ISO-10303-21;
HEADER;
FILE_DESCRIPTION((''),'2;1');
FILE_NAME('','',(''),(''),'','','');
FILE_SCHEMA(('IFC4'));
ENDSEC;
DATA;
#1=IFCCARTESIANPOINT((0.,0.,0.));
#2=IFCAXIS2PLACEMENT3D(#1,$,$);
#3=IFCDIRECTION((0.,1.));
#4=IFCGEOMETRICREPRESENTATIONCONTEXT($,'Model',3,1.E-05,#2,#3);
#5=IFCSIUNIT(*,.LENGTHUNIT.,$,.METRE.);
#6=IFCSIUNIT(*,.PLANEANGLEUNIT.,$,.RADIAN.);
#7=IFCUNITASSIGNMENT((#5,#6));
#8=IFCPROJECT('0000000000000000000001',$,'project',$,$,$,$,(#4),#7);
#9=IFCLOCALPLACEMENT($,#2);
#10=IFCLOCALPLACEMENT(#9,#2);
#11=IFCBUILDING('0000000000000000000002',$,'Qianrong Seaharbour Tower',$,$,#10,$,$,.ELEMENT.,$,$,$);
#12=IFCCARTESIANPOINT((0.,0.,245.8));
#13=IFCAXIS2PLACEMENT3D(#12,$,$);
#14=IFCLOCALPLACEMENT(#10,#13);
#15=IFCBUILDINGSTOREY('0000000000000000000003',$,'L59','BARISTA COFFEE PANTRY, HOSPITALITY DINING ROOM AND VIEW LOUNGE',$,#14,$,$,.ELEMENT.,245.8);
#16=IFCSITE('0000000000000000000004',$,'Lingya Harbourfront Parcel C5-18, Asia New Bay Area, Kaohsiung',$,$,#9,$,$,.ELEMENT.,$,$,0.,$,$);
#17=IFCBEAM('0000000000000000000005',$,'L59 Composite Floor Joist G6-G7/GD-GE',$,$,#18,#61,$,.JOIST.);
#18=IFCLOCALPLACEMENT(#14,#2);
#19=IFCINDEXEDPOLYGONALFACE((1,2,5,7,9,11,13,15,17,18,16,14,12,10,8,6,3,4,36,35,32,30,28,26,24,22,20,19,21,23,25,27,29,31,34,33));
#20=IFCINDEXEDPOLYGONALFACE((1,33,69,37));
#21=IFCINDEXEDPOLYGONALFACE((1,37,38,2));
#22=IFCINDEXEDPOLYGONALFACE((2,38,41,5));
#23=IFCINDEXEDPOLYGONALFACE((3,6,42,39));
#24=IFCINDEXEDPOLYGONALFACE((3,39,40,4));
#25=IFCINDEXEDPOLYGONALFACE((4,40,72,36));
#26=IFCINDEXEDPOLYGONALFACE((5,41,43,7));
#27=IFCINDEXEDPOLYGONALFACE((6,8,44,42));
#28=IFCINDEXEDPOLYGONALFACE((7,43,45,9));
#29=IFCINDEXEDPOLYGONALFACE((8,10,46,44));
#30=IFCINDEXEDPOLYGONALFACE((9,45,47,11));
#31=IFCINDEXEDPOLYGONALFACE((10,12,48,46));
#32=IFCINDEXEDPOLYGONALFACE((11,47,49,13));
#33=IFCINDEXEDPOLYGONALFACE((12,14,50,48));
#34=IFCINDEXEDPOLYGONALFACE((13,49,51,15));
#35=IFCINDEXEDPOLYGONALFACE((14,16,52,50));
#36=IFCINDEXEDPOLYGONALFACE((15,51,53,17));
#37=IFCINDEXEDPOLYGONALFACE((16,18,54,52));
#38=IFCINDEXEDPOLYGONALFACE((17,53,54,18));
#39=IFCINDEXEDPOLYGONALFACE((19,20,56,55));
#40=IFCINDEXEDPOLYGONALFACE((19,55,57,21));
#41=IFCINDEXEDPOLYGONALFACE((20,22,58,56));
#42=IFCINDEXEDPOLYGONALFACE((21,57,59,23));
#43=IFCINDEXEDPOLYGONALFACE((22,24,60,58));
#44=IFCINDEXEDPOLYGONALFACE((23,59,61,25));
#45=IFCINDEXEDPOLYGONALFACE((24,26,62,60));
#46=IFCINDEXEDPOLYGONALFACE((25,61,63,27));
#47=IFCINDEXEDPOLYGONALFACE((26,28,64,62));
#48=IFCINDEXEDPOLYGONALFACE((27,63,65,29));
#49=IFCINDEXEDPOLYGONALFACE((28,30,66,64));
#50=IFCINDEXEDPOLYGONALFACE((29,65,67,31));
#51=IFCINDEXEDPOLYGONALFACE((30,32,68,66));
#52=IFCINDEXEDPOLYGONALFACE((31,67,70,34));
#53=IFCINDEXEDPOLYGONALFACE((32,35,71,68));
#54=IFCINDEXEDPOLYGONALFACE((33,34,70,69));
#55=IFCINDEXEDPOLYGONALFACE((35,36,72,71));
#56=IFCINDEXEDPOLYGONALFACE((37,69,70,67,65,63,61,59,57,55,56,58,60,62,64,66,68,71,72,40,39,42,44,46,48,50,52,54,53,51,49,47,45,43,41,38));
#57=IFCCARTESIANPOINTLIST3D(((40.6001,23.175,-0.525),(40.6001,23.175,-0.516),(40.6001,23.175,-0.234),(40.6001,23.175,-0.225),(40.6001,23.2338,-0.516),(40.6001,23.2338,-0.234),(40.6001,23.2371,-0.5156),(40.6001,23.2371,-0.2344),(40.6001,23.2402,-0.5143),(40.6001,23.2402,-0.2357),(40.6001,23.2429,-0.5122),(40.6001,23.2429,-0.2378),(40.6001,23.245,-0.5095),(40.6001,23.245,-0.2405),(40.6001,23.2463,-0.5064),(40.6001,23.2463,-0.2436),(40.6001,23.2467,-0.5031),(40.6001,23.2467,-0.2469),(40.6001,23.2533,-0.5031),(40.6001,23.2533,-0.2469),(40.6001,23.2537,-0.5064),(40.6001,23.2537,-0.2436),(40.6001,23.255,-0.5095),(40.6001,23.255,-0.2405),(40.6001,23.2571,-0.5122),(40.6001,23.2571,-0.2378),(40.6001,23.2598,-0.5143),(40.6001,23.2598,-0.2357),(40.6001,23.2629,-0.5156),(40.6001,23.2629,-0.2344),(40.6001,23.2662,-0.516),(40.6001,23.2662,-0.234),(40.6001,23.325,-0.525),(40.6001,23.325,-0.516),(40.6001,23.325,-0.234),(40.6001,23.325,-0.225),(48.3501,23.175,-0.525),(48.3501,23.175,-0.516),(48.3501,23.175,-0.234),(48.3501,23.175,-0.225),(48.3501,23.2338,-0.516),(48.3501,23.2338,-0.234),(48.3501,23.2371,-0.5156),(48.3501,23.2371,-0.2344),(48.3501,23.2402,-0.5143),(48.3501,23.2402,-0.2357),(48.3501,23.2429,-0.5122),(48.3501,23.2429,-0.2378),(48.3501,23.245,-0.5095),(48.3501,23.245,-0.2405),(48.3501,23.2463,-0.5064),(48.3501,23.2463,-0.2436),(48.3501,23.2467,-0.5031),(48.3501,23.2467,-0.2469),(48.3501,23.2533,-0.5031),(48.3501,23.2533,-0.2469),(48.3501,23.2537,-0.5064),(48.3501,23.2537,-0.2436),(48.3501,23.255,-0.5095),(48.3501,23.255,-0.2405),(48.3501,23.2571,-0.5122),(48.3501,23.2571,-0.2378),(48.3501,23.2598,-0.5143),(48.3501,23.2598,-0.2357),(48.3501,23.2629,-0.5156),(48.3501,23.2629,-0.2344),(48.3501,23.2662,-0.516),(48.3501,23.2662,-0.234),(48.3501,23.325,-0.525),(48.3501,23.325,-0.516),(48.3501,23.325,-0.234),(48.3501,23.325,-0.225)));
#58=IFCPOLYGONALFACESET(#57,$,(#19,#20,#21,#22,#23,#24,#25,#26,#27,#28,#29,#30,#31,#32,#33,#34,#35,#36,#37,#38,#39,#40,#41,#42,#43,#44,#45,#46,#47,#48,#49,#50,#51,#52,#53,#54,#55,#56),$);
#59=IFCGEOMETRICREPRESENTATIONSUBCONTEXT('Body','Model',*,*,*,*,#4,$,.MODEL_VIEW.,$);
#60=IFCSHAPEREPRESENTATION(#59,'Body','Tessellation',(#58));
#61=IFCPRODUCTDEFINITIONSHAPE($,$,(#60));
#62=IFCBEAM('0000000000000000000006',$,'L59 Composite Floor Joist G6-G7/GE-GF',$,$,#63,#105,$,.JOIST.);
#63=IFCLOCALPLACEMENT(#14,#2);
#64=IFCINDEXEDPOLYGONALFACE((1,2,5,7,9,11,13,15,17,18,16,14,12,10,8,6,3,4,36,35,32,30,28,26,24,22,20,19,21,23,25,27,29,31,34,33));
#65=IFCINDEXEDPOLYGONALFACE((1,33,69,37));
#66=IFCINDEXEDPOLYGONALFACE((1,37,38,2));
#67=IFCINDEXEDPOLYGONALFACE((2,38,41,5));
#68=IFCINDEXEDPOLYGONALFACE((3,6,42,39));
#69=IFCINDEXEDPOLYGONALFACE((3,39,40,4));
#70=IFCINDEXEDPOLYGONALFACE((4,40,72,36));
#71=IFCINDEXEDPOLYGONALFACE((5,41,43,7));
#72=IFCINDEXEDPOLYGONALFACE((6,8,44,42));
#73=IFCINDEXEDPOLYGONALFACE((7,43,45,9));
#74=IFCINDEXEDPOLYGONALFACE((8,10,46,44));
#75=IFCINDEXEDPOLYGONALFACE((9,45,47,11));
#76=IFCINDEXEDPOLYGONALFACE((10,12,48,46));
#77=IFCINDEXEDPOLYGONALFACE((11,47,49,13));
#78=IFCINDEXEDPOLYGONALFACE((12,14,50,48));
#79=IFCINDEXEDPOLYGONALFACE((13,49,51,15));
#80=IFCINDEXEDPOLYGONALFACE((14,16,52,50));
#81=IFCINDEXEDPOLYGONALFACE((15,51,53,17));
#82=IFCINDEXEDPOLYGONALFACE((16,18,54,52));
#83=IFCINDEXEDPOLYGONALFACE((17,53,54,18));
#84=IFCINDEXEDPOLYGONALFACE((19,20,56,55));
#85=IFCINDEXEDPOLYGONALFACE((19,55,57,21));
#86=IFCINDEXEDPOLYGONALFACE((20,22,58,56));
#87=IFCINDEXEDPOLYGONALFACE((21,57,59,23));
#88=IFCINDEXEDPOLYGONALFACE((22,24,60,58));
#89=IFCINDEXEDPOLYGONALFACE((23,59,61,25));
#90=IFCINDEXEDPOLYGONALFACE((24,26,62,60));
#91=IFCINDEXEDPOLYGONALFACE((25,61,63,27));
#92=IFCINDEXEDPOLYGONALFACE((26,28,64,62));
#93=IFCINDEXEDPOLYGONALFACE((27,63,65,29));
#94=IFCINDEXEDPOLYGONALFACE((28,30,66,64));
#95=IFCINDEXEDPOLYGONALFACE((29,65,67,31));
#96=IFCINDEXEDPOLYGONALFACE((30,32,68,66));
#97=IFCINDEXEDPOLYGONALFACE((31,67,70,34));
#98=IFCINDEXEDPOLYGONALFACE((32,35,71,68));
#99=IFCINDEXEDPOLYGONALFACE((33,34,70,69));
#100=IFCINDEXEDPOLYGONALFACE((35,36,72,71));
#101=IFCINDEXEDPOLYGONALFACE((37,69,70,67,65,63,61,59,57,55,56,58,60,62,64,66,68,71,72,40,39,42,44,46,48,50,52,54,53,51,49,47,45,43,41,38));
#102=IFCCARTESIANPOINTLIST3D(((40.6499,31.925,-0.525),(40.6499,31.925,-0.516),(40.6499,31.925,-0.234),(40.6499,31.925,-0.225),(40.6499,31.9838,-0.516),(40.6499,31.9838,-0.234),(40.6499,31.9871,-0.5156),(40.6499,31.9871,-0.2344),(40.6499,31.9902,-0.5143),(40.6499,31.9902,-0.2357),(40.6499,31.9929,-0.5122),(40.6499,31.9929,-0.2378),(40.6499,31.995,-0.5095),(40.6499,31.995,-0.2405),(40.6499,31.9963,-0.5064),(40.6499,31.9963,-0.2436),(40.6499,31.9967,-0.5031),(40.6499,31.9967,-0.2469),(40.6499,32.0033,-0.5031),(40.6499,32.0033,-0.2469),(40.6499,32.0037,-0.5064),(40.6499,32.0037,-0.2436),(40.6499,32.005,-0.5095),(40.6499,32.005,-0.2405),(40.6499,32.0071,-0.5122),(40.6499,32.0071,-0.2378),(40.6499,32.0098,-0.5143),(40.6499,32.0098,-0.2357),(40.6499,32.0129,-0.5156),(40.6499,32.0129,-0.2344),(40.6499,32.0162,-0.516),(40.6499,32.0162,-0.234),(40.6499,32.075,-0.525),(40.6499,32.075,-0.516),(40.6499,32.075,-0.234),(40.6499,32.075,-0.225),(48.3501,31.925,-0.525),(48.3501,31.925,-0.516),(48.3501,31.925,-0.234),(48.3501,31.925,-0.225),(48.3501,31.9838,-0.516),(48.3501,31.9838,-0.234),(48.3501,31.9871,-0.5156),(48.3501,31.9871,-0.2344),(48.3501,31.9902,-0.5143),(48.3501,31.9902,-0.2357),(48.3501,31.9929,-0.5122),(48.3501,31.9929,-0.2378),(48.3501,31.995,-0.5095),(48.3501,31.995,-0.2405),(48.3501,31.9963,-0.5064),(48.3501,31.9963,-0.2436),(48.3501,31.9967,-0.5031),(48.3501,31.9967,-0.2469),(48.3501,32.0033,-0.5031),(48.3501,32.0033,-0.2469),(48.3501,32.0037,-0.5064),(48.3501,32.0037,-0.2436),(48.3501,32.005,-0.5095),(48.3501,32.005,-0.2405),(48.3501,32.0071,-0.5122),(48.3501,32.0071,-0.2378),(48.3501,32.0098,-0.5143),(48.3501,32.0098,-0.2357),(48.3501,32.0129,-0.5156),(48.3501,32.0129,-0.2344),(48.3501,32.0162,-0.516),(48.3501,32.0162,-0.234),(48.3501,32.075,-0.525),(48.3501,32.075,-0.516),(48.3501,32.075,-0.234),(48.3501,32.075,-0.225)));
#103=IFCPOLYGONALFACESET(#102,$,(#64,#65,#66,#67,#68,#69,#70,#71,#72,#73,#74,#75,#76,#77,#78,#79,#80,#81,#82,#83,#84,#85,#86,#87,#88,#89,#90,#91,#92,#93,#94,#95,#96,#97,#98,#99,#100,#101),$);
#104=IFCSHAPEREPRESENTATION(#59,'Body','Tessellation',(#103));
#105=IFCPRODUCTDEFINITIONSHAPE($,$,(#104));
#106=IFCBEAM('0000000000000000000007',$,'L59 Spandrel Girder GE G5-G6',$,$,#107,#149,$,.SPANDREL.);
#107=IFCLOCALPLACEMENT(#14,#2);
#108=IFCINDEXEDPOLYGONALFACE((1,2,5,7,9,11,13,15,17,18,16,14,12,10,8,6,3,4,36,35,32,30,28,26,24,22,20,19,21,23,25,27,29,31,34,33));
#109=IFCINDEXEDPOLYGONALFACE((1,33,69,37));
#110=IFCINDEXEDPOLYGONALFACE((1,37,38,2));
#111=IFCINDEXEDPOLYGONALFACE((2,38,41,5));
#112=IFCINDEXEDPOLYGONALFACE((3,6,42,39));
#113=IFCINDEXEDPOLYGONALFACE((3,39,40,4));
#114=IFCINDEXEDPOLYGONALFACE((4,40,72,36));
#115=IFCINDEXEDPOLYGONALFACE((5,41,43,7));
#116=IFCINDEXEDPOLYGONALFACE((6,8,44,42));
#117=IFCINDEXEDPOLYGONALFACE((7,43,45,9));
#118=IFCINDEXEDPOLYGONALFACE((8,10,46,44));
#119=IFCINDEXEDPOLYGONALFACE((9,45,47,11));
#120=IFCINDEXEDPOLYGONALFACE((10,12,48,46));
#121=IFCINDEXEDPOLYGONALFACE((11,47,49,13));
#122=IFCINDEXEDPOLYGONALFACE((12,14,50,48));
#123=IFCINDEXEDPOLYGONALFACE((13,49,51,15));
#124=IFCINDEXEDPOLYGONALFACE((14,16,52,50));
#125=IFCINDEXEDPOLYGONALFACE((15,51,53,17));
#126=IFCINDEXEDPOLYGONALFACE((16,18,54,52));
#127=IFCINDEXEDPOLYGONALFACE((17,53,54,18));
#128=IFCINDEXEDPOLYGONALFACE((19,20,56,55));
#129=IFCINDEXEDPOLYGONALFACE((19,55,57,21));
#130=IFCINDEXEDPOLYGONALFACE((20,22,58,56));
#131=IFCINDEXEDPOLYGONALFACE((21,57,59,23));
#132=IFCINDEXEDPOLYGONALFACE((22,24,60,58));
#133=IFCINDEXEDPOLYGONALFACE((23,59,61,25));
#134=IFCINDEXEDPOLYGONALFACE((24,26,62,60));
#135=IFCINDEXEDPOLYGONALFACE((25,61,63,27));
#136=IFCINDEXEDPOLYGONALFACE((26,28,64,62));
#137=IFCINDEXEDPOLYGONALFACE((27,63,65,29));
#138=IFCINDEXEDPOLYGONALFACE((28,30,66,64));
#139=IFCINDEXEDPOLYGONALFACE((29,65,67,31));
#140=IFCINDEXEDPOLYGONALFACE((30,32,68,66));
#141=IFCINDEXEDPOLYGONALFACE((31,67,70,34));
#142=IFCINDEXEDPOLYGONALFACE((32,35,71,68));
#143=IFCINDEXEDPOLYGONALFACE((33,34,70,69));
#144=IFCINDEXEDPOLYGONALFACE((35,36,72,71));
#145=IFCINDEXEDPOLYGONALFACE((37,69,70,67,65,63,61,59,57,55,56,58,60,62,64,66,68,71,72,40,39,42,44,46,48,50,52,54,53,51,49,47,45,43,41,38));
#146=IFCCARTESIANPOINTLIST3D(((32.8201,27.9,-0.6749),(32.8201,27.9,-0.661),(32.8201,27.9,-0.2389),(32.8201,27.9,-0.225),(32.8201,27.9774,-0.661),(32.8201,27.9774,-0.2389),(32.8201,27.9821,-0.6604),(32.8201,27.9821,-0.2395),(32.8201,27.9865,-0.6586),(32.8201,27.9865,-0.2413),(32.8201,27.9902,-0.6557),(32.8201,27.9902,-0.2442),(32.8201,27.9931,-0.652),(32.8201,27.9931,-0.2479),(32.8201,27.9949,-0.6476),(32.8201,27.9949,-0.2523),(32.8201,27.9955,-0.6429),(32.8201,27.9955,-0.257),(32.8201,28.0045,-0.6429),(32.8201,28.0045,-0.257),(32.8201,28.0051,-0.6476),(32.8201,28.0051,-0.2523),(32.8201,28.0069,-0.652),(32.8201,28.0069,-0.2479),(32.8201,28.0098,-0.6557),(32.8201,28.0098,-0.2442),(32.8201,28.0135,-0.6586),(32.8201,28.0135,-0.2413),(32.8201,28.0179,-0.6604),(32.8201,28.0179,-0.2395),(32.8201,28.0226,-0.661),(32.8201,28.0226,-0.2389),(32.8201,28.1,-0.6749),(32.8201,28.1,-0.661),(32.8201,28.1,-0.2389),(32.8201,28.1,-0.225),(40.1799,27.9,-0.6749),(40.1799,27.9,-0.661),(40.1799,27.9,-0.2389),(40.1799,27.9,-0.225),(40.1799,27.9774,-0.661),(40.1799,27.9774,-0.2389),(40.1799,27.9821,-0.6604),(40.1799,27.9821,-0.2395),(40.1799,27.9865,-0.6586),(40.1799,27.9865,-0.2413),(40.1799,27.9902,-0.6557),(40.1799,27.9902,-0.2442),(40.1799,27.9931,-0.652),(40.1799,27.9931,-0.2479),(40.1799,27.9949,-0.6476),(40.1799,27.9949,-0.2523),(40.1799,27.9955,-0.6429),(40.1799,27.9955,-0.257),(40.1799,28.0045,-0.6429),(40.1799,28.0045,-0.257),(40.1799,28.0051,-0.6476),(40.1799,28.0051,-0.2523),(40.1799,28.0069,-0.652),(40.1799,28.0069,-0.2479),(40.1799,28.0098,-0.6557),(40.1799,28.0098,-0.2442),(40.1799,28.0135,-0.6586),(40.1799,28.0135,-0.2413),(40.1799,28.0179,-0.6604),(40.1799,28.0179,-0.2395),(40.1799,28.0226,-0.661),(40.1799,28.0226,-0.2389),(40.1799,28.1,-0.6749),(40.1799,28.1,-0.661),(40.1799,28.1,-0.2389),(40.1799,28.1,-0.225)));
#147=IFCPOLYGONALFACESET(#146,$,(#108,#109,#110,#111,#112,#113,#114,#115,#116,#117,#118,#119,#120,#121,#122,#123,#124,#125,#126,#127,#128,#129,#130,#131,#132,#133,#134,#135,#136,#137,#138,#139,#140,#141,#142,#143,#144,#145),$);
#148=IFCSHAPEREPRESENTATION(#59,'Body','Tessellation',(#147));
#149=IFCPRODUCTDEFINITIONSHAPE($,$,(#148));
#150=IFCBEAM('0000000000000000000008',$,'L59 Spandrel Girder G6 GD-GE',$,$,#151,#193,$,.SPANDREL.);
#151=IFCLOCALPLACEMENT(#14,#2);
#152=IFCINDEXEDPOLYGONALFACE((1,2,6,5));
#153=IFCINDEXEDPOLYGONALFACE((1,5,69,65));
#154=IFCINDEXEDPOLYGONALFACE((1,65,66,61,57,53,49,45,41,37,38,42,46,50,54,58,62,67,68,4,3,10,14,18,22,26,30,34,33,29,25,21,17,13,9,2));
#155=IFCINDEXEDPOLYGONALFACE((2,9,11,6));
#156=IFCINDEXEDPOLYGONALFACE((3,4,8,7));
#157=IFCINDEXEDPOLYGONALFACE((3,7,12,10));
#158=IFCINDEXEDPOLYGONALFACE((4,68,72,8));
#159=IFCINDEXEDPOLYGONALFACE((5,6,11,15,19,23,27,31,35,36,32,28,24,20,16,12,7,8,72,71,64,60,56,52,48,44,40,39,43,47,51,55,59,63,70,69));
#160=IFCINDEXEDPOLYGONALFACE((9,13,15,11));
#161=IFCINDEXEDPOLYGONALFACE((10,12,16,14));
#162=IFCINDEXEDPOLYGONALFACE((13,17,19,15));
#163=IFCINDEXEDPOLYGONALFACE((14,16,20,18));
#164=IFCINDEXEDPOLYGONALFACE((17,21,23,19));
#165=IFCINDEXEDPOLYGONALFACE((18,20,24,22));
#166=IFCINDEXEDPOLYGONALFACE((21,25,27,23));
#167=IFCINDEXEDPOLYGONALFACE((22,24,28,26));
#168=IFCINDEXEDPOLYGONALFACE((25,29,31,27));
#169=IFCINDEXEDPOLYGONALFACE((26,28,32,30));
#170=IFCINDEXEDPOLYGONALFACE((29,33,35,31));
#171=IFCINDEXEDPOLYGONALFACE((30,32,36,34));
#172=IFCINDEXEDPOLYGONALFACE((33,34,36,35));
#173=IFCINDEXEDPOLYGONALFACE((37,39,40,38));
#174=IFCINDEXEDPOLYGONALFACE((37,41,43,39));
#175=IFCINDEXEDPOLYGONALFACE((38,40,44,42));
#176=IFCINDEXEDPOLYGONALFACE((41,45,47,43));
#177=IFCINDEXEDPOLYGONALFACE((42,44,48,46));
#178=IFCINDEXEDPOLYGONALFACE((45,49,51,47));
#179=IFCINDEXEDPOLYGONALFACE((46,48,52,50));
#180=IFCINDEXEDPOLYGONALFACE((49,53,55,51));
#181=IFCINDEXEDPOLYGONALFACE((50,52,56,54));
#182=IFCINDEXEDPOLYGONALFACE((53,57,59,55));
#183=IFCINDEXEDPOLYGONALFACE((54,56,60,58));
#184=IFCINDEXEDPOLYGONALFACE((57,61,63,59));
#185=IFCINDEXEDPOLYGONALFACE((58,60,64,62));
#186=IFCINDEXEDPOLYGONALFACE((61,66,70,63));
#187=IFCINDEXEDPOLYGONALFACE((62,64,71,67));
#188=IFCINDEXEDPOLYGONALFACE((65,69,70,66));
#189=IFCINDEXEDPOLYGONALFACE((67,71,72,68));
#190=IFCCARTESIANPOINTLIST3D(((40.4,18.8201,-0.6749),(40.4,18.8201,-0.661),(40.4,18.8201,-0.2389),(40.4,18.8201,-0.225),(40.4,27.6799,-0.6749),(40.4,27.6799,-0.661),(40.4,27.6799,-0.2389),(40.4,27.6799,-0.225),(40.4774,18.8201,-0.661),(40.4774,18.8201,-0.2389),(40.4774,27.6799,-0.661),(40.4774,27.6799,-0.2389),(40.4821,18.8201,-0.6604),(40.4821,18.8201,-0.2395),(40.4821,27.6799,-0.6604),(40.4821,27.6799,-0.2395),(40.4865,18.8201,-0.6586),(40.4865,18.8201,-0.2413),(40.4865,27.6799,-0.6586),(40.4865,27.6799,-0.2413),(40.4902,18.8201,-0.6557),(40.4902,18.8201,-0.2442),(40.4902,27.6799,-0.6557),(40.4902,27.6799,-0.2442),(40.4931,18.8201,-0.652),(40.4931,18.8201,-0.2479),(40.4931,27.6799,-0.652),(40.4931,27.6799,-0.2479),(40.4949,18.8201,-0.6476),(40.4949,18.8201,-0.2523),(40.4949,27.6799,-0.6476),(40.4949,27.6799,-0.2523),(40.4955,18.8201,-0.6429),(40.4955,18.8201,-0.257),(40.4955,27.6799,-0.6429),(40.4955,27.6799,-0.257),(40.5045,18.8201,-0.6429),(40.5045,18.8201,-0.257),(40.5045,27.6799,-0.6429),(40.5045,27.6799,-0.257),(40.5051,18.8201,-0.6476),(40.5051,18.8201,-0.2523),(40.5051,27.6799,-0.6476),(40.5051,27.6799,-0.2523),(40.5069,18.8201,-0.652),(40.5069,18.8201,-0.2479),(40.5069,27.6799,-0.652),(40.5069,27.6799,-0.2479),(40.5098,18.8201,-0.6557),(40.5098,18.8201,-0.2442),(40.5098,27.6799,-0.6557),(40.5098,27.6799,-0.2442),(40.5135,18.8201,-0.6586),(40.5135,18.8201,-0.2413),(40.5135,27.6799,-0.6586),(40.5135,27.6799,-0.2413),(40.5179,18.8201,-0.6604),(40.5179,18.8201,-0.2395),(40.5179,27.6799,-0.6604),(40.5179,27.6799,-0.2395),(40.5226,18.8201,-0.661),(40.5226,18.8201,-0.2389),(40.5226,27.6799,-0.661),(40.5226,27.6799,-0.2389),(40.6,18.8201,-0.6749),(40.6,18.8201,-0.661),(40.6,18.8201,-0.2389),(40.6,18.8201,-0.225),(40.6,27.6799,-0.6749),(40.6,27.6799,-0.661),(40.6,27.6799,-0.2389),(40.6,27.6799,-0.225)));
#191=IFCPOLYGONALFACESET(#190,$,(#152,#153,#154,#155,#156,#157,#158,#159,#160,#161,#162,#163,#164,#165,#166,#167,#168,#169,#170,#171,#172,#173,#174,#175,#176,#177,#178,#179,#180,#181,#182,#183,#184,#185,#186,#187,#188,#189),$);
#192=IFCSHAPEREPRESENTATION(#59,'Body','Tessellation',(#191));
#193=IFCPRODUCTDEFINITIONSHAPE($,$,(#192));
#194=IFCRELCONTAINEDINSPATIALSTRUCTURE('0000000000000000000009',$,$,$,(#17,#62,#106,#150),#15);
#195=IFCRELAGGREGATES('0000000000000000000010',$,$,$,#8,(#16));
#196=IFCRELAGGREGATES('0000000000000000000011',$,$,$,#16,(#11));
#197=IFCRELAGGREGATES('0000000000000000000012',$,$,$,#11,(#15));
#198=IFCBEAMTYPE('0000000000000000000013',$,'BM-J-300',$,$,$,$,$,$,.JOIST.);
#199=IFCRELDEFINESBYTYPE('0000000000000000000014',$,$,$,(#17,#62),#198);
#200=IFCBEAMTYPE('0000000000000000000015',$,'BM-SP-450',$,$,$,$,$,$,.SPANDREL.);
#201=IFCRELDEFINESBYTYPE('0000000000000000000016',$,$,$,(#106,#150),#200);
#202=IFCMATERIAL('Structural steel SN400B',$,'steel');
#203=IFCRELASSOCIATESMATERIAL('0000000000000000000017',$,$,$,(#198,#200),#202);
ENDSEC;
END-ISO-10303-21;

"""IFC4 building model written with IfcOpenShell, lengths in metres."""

from ifc_helpers import new_model, si_unit, direction, frame, origin, origin_2d, place, context, subcontext, project, spatial, i_section, extrude, material, material_profile, profile_set, type_object, element, save


model = new_model("IFC4")

# Units and contexts
model_context = context("Model", 3, precision=1e-05, world=origin(), true_north=direction((0.0, 1.0)))
body_context = subcontext(model_context, "Body", "Model", "MODEL_VIEW")
ifc_project = project(units=[si_unit("LENGTHUNIT", "METRE"), si_unit("PLANEANGLEUNIT", "RADIAN")], contexts=[model_context])

# Site, building, storey
site_placement = place(None, origin())
site = spatial("IfcSite", under=ifc_project, at=site_placement, Name="Lingya Harbourfront Parcel C5-18, Asia New Bay Area, Kaohsiung", CompositionType="ELEMENT", RefElevation=0.0)
building_placement = place(site_placement, origin())
building = spatial("IfcBuilding", under=site, at=building_placement, Name="Qianrong Seaharbour Tower", CompositionType="ELEMENT")
storey_placement = place(building_placement, frame((0.0, 0.0, 245.8)))
storey = spatial("IfcBuildingStorey", under=building, at=storey_placement, Name="L59", Description="BARISTA COFFEE PANTRY, HOSPITALITY DINING ROOM AND VIEW LOUNGE", CompositionType="ELEMENT", Elevation=245.8)

# Beams
ifc_material_1 = material(Name="Structural steel SN400B", Category="steel")
ifc_material_profile_1 = material_profile(ifc_material_1, i_section(OverallWidth=0.1499, OverallDepth=0.3, WebThickness=0.0066, FlangeThickness=0.009, FilletRadius=0.0129, at=origin_2d()), Name="H300x150x6.5x9")
ifc_profile_set_1 = profile_set([ifc_material_profile_1], Name="Structural steel SN400B")
beam_type_1 = type_object("IfcBeamType", Name="BM-J-300", PredefinedType="JOIST", material=ifc_profile_set_1)
beam_1_placement = place(storey_placement, frame((40.6001, 23.25, -0.375), z_axis=(1.0, 0.0, 0.0), x_axis=(0.0, 1.0, 0.0)))
element("IfcBeam", 1, at=beam_1_placement, inside=storey, type_object=beam_type_1, Name="L59 Composite Floor Joist G6-G7/GD-GE", PredefinedType="JOIST", context=body_context, shape_type="SweptSolid", body=[
    extrude(i_section(OverallWidth=0.1499, OverallDepth=0.3, WebThickness=0.0066, FlangeThickness=0.009, FilletRadius=0.0129, at=origin_2d()), origin(), (0.0, 0.0, 1.0), 7.75),
])
beam_2_placement = place(storey_placement, frame((40.6499, 32.0, -0.375), z_axis=(1.0, 0.0, 0.0), x_axis=(0.0, 1.0, 0.0)))
element("IfcBeam", 2, at=beam_2_placement, inside=storey, type_object=beam_type_1, Name="L59 Composite Floor Joist G6-G7/GE-GF", PredefinedType="JOIST", context=body_context, shape_type="SweptSolid", body=[
    extrude(i_section(OverallWidth=0.1499, OverallDepth=0.3, WebThickness=0.0066, FlangeThickness=0.009, FilletRadius=0.0129, at=origin_2d()), origin(), (0.0, 0.0, 1.0), 7.7002),
])
ifc_material_profile_2 = material_profile(ifc_material_1, i_section(OverallWidth=0.2, OverallDepth=0.45, WebThickness=0.009, FlangeThickness=0.0139, FilletRadius=0.0181, at=origin_2d()), Name="H450x200x9x14")
ifc_profile_set_2 = profile_set([ifc_material_profile_2], Name="Structural steel SN400B")
beam_type_2 = type_object("IfcBeamType", Name="BM-SP-450", PredefinedType="SPANDREL", material=ifc_profile_set_2)
beam_3_placement = place(storey_placement, frame((32.8201, 28.0, -0.45), z_axis=(1.0, 0.0, 0.0), x_axis=(0.0, 1.0, 0.0)))
element("IfcBeam", 3, at=beam_3_placement, inside=storey, type_object=beam_type_2, Name="L59 Spandrel Girder GE G5-G6", PredefinedType="SPANDREL", context=body_context, shape_type="SweptSolid", body=[
    extrude(i_section(OverallWidth=0.2, OverallDepth=0.45, WebThickness=0.009, FlangeThickness=0.0139, FilletRadius=0.0181, at=origin_2d()), origin(), (0.0, 0.0, 1.0), 7.3599),
])
beam_4_placement = place(storey_placement, frame((40.5, 18.8201, -0.45), z_axis=(0.0, 1.0, 0.0), x_axis=(-1.0, 0.0, 0.0)))
element("IfcBeam", 4, at=beam_4_placement, inside=storey, type_object=beam_type_2, Name="L59 Spandrel Girder G6 GD-GE", PredefinedType="SPANDREL", context=body_context, shape_type="SweptSolid", body=[
    extrude(i_section(OverallWidth=0.2, OverallDepth=0.45, WebThickness=0.009, FlangeThickness=0.0139, FilletRadius=0.0181, at=origin_2d()), origin(), (0.0, 0.0, 1.0), 8.8599),
])

save(model, "model.ifc")
